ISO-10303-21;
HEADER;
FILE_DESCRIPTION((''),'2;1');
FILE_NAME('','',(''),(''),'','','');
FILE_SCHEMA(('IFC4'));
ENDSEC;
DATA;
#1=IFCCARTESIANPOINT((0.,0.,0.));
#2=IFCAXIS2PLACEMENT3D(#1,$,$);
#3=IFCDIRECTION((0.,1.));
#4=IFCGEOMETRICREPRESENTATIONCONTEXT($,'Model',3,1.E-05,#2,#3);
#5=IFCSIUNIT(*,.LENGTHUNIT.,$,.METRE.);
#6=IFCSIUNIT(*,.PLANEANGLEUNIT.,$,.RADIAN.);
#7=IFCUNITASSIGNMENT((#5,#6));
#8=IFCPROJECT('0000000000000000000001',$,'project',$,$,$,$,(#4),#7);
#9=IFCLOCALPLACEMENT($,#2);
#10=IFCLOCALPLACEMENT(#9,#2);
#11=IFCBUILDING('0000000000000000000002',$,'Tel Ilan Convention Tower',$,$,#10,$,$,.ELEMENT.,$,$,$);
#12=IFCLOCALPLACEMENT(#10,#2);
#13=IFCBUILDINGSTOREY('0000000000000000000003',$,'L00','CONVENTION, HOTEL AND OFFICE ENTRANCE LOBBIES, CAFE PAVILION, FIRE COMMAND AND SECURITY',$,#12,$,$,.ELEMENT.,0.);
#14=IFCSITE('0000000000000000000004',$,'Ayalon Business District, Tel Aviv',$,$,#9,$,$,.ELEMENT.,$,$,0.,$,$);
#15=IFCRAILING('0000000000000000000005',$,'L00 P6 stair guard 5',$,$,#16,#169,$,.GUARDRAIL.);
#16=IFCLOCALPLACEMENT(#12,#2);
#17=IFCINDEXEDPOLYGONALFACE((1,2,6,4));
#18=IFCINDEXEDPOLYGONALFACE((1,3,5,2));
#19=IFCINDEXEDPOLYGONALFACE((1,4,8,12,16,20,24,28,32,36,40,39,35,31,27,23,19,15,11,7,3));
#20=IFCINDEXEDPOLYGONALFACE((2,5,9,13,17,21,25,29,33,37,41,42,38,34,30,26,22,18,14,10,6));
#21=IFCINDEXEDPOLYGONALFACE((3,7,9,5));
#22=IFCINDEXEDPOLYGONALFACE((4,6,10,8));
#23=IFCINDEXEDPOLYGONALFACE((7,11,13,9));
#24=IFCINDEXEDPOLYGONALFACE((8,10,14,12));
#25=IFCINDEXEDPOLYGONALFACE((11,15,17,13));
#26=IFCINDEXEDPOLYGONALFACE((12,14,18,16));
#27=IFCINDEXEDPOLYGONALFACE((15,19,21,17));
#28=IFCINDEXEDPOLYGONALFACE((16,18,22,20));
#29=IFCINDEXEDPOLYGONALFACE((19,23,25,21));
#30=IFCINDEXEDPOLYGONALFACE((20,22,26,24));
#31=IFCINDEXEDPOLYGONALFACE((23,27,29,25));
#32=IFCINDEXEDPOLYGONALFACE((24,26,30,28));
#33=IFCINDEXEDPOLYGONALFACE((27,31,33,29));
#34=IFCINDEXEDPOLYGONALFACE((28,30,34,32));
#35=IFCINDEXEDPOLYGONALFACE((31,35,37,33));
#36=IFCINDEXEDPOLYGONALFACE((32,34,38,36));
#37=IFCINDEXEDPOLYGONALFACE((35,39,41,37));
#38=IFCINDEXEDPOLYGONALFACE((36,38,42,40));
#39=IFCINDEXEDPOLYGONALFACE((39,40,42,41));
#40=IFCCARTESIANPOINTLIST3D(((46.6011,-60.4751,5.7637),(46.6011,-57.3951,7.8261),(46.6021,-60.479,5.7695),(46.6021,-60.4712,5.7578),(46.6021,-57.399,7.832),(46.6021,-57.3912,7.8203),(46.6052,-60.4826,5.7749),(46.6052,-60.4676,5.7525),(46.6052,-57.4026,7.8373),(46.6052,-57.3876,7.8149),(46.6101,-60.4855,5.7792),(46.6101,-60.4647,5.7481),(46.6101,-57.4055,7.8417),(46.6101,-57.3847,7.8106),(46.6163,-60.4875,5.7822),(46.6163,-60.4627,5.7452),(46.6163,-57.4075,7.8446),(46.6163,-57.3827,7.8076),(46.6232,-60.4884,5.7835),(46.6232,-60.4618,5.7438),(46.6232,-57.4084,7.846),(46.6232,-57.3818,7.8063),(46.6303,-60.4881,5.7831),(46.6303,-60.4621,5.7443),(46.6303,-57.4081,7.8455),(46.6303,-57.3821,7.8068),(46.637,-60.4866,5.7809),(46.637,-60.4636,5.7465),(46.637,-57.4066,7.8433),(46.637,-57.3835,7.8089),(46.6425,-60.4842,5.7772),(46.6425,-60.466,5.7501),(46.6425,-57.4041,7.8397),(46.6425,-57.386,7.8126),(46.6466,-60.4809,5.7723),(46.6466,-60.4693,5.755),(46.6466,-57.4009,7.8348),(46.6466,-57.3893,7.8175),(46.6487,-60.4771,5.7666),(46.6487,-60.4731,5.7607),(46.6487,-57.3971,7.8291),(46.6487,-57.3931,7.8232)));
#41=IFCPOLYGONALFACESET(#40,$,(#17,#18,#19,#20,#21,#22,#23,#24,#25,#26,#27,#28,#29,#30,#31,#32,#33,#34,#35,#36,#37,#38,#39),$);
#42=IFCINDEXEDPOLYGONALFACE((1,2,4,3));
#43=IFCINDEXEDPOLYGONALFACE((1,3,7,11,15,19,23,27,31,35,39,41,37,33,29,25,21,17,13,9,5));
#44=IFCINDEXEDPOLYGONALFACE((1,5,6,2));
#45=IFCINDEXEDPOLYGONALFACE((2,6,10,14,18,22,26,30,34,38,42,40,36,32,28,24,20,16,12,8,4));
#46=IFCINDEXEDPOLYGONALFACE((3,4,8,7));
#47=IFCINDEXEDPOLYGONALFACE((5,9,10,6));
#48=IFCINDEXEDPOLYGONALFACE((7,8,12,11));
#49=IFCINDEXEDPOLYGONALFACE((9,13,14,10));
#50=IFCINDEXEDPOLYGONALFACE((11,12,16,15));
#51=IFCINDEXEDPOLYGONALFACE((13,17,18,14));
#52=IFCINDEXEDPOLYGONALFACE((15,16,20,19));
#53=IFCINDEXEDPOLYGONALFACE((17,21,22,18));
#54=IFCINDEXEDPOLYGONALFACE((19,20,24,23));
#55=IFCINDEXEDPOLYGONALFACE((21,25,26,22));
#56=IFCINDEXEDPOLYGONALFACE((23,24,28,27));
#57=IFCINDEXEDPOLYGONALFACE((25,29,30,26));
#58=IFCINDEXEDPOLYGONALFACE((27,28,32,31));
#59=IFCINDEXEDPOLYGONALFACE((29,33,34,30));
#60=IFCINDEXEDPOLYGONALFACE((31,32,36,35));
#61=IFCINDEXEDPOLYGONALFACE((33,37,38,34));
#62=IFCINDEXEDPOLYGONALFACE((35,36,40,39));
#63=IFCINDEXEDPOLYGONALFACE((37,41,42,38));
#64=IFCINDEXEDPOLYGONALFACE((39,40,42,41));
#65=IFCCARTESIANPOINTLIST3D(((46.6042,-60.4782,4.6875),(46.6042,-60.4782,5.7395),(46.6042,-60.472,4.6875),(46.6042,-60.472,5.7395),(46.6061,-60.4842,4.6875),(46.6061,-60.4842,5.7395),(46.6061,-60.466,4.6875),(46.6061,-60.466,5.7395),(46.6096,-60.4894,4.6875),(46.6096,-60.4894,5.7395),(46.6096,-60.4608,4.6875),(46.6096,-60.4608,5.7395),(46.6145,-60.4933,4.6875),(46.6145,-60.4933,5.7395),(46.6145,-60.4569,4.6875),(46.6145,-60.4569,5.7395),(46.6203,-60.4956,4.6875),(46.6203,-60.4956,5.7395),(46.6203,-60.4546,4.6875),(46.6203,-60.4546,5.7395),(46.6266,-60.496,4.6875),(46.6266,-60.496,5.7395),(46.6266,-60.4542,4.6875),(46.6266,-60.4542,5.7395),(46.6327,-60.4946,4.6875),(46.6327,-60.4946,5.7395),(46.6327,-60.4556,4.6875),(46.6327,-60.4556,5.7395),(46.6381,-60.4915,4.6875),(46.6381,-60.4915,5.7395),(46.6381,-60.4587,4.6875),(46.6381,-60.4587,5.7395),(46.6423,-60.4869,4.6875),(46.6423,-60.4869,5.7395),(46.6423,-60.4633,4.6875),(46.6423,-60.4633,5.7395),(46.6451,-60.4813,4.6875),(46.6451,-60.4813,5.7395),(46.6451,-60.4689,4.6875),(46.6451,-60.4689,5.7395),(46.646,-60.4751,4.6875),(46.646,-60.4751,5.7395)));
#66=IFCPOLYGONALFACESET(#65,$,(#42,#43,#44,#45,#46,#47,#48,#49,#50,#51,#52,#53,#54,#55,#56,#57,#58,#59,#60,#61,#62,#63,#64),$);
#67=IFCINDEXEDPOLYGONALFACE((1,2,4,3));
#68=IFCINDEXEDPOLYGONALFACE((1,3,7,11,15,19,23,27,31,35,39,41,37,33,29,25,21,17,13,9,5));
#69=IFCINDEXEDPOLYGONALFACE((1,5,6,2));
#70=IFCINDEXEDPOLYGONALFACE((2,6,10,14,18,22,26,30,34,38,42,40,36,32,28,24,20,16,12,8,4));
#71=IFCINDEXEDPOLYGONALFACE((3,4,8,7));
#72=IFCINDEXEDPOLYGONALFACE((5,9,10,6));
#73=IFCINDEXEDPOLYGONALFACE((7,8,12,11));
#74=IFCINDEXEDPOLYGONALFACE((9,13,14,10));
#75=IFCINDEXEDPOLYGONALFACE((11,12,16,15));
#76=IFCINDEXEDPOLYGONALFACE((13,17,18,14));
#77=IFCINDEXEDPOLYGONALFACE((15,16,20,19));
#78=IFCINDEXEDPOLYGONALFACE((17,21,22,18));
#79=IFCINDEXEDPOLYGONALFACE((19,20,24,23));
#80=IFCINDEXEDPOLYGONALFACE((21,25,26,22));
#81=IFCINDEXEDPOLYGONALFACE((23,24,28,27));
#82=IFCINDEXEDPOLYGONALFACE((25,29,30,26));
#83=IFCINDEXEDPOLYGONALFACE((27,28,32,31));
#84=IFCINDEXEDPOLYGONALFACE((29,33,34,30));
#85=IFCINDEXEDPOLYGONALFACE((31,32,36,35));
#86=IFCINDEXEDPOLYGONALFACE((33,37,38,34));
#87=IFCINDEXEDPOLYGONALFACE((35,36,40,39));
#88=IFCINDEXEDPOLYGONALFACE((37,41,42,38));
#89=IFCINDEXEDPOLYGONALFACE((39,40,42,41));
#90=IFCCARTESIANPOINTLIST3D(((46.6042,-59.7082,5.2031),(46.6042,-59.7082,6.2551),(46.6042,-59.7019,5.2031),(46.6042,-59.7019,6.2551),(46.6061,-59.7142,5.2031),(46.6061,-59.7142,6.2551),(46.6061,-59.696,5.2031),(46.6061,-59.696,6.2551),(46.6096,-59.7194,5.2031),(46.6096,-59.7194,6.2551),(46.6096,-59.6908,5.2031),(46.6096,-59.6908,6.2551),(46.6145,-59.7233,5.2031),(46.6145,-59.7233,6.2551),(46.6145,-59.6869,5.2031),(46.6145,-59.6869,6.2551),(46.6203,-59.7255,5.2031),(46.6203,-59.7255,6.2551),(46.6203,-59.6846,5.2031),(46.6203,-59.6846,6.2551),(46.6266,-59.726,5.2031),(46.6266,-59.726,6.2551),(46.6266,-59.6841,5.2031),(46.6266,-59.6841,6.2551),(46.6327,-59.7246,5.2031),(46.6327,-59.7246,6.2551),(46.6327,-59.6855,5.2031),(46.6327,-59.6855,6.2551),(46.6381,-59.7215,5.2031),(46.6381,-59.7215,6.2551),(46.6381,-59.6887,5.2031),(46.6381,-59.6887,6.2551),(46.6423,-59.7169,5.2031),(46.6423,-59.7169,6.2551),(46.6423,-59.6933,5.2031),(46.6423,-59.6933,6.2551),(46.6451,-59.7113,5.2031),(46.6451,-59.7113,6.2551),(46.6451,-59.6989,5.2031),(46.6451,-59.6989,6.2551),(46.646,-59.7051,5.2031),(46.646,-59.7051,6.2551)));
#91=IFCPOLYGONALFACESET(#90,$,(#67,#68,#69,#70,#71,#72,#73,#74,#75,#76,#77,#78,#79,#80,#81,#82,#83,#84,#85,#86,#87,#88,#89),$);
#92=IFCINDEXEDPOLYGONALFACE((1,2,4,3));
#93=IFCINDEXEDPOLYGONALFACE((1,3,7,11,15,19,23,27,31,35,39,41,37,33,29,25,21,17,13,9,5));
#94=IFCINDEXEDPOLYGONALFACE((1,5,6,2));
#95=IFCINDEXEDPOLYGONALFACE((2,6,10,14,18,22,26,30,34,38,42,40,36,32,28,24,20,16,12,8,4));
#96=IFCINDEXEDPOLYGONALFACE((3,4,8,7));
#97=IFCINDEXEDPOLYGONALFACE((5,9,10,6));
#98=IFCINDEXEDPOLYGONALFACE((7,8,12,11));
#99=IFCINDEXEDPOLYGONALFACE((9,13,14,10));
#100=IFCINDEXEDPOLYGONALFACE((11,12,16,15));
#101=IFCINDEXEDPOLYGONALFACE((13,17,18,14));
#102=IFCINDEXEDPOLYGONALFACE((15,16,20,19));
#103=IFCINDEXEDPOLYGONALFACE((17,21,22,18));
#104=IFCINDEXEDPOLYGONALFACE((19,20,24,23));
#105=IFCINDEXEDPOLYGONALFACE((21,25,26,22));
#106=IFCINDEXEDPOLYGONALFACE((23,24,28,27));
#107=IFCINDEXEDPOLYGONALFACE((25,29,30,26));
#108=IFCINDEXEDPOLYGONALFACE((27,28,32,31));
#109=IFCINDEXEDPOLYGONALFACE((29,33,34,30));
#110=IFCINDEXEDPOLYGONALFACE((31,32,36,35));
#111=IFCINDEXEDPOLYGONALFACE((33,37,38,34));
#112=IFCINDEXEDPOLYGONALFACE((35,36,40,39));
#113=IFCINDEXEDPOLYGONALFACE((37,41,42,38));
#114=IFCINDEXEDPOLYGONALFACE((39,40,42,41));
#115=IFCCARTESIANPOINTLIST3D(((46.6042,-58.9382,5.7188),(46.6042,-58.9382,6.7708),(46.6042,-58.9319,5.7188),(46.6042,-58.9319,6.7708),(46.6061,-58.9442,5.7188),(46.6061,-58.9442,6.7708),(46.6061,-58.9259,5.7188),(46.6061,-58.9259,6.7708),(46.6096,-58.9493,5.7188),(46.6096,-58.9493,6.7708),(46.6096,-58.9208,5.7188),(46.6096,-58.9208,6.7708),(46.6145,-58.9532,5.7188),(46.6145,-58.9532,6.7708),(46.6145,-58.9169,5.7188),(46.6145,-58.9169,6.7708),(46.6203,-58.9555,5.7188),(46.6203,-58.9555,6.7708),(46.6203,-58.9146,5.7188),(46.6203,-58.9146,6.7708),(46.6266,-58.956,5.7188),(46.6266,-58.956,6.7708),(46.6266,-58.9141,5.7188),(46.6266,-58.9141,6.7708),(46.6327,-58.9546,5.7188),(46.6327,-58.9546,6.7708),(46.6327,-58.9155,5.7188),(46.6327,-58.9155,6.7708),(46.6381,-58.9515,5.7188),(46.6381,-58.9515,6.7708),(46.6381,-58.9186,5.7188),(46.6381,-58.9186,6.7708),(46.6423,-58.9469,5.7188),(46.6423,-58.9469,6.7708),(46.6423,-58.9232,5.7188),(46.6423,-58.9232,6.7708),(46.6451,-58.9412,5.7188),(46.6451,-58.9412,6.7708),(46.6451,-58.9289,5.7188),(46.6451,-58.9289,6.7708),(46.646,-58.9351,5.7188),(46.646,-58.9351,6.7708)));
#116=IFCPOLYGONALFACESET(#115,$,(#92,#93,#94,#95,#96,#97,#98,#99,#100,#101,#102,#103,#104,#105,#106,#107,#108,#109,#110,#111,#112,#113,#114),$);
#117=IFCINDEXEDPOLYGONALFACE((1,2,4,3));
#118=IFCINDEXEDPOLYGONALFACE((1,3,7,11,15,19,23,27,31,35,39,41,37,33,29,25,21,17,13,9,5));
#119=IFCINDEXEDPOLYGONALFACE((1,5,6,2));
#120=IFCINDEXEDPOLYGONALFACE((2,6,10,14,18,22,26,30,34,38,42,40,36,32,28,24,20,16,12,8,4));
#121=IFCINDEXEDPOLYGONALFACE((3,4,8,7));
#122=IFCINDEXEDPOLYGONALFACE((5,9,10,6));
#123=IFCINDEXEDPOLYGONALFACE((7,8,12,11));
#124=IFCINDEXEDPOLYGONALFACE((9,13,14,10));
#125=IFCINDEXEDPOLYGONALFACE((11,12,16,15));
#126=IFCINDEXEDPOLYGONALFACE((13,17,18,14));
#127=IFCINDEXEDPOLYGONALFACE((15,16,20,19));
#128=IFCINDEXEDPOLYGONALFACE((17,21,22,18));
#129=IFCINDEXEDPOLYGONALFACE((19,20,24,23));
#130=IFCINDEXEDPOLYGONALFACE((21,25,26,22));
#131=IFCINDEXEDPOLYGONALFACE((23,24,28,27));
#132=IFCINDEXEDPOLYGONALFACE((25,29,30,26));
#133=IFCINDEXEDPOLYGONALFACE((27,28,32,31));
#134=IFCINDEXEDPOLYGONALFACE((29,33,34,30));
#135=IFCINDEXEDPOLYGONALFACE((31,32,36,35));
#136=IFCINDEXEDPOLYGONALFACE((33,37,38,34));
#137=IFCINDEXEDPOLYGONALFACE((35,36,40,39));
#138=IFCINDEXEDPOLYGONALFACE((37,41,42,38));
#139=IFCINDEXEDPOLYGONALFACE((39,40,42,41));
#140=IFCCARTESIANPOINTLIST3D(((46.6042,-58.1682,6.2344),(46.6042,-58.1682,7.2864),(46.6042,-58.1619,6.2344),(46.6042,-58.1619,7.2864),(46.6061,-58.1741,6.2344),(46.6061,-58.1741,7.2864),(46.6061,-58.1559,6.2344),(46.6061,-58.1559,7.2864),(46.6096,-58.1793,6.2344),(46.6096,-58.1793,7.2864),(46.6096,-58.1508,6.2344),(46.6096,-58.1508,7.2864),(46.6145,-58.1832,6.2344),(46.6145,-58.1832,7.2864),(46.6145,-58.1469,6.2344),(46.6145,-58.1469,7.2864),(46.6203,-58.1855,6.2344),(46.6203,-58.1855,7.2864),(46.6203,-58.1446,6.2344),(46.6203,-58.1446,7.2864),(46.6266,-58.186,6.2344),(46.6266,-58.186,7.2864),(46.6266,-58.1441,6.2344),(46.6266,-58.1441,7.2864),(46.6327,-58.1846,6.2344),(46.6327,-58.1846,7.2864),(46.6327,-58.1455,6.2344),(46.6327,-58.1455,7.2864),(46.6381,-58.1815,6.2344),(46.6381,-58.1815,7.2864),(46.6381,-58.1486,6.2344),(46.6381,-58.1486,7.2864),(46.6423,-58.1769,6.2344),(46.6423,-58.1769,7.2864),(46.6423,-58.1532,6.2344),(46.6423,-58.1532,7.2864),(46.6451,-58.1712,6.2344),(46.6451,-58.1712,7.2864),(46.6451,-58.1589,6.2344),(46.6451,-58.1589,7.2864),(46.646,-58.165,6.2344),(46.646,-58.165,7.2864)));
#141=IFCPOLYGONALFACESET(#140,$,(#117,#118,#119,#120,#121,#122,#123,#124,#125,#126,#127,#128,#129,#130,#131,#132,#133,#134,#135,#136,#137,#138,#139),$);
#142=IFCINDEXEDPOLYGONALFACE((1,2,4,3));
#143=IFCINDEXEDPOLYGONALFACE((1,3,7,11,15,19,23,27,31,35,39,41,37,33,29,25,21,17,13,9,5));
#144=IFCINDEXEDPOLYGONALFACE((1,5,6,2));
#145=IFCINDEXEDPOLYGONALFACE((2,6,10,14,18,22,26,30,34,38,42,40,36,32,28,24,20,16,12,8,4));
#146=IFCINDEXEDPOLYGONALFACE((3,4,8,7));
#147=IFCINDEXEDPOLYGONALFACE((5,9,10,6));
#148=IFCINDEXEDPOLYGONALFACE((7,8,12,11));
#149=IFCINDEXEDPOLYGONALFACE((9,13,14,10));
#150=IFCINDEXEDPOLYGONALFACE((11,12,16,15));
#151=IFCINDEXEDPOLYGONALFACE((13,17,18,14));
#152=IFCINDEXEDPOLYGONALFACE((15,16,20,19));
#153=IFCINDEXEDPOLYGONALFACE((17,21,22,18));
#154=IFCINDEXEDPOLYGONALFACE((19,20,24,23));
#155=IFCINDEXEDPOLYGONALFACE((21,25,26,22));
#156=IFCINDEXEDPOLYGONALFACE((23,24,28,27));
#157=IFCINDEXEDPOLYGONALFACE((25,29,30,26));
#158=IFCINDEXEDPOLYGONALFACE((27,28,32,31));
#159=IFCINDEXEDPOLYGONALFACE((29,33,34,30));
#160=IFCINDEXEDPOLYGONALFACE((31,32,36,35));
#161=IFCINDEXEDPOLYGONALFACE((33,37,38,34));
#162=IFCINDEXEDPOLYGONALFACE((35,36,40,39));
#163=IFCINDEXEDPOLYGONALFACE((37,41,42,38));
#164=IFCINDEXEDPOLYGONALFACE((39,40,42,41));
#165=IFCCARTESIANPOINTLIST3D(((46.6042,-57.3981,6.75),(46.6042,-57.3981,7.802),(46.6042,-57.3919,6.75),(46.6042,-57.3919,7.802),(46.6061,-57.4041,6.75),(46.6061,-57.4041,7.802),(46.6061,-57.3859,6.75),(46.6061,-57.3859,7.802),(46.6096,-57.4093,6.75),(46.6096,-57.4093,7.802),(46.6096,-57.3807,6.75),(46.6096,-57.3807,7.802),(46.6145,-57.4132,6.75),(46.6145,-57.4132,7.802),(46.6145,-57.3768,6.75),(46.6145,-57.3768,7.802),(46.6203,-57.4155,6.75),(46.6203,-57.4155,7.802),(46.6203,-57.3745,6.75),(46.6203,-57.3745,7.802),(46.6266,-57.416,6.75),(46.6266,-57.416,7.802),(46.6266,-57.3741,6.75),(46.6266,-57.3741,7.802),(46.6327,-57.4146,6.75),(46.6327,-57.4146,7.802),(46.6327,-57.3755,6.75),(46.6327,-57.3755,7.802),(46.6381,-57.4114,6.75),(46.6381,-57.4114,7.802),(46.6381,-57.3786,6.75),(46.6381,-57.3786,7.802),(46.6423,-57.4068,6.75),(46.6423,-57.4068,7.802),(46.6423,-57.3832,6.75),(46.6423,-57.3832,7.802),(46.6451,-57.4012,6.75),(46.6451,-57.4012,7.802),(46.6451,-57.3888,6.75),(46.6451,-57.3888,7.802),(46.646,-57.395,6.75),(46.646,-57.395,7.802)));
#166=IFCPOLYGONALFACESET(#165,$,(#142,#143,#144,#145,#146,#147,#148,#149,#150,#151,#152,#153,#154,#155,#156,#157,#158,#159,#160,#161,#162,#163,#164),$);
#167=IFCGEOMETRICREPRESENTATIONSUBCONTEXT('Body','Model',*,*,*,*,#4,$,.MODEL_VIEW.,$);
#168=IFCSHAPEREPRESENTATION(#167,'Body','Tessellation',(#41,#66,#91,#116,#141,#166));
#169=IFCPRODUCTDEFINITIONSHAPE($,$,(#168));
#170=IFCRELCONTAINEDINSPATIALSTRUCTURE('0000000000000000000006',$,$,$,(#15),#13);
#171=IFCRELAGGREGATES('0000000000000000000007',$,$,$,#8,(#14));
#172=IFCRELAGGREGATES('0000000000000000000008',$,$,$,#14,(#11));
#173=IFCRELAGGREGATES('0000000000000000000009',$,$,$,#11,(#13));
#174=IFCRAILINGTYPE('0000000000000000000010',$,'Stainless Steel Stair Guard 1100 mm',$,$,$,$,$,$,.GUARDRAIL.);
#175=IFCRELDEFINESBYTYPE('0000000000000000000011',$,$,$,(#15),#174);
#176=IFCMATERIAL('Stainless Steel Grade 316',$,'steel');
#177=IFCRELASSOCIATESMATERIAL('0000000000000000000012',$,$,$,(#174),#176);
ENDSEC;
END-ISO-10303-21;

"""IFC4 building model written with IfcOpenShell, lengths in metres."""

from ifc_helpers import new_model, si_unit, direction, frame, origin, origin_2d, place, context, subcontext, project, spatial, circle, extrude, material, type_object, element, save


model = new_model("IFC4")

# Units and contexts
model_context = context("Model", 3, precision=1e-05, world=origin(), true_north=direction((0.0, 1.0)))
body_context = subcontext(model_context, "Body", "Model", "MODEL_VIEW")
ifc_project = project(units=[si_unit("LENGTHUNIT", "METRE"), si_unit("PLANEANGLEUNIT", "RADIAN")], contexts=[model_context])

# Site, building, storey
site_placement = place(None, origin())
site = spatial("IfcSite", under=ifc_project, at=site_placement, Name="Ayalon Business District, Tel Aviv", CompositionType="ELEMENT", RefElevation=0.0)
building_placement = place(site_placement, origin())
building = spatial("IfcBuilding", under=site, at=building_placement, Name="Tel Ilan Convention Tower", CompositionType="ELEMENT")
storey_placement = place(building_placement, origin())
storey = spatial("IfcBuildingStorey", under=building, at=storey_placement, Name="L00", Description="CONVENTION, HOTEL AND OFFICE ENTRANCE LOBBIES, CAFE PAVILION, FIRE COMMAND AND SECURITY", CompositionType="ELEMENT", Elevation=0.0)

# Railing
ifc_material_1 = material(Name="Stainless Steel Grade 316", Category="steel")
railing_type_1 = type_object("IfcRailingType", Name="Stainless Steel Stair Guard 1100 mm", PredefinedType="GUARDRAIL", material=ifc_material_1)
railing_1_placement = place(storey_placement, frame((46.625, -60.4751, 4.6875)))
element("IfcRailing", 1, at=railing_1_placement, inside=storey, type_object=railing_type_1, Name="L00 P6 stair guard 5", PredefinedType="GUARDRAIL", context=body_context, shape_type="SweptSolid", body=[
    extrude(circle(Radius=0.0239, at=origin_2d()), frame((0.0, 0.0, 1.0762), z_axis=(0.0, 0.830914, 0.556401), x_axis=(-1.0, 0.0, 0.0)), (0.0, 0.0, 1.0), 3.7068),
    extrude(circle(Radius=0.021, at=origin_2d()), origin(), (0.0, 0.0, 1.0), 1.052),
    extrude(circle(Radius=0.021, at=origin_2d()), frame((0.0, 0.77, 0.5156)), (0.0, 0.0, 1.0), 1.052),
    extrude(circle(Radius=0.021, at=origin_2d()), frame((0.0, 1.54, 1.0312)), (0.0, 0.0, 1.0), 1.052),
    extrude(circle(Radius=0.021, at=origin_2d()), frame((0.0, 2.3101, 1.5469)), (0.0, 0.0, 1.0), 1.052),
    extrude(circle(Radius=0.021, at=origin_2d()), frame((0.0, 3.0801, 2.0625)), (0.0, 0.0, 1.0), 1.052),
])

save(model, "model.ifc")
